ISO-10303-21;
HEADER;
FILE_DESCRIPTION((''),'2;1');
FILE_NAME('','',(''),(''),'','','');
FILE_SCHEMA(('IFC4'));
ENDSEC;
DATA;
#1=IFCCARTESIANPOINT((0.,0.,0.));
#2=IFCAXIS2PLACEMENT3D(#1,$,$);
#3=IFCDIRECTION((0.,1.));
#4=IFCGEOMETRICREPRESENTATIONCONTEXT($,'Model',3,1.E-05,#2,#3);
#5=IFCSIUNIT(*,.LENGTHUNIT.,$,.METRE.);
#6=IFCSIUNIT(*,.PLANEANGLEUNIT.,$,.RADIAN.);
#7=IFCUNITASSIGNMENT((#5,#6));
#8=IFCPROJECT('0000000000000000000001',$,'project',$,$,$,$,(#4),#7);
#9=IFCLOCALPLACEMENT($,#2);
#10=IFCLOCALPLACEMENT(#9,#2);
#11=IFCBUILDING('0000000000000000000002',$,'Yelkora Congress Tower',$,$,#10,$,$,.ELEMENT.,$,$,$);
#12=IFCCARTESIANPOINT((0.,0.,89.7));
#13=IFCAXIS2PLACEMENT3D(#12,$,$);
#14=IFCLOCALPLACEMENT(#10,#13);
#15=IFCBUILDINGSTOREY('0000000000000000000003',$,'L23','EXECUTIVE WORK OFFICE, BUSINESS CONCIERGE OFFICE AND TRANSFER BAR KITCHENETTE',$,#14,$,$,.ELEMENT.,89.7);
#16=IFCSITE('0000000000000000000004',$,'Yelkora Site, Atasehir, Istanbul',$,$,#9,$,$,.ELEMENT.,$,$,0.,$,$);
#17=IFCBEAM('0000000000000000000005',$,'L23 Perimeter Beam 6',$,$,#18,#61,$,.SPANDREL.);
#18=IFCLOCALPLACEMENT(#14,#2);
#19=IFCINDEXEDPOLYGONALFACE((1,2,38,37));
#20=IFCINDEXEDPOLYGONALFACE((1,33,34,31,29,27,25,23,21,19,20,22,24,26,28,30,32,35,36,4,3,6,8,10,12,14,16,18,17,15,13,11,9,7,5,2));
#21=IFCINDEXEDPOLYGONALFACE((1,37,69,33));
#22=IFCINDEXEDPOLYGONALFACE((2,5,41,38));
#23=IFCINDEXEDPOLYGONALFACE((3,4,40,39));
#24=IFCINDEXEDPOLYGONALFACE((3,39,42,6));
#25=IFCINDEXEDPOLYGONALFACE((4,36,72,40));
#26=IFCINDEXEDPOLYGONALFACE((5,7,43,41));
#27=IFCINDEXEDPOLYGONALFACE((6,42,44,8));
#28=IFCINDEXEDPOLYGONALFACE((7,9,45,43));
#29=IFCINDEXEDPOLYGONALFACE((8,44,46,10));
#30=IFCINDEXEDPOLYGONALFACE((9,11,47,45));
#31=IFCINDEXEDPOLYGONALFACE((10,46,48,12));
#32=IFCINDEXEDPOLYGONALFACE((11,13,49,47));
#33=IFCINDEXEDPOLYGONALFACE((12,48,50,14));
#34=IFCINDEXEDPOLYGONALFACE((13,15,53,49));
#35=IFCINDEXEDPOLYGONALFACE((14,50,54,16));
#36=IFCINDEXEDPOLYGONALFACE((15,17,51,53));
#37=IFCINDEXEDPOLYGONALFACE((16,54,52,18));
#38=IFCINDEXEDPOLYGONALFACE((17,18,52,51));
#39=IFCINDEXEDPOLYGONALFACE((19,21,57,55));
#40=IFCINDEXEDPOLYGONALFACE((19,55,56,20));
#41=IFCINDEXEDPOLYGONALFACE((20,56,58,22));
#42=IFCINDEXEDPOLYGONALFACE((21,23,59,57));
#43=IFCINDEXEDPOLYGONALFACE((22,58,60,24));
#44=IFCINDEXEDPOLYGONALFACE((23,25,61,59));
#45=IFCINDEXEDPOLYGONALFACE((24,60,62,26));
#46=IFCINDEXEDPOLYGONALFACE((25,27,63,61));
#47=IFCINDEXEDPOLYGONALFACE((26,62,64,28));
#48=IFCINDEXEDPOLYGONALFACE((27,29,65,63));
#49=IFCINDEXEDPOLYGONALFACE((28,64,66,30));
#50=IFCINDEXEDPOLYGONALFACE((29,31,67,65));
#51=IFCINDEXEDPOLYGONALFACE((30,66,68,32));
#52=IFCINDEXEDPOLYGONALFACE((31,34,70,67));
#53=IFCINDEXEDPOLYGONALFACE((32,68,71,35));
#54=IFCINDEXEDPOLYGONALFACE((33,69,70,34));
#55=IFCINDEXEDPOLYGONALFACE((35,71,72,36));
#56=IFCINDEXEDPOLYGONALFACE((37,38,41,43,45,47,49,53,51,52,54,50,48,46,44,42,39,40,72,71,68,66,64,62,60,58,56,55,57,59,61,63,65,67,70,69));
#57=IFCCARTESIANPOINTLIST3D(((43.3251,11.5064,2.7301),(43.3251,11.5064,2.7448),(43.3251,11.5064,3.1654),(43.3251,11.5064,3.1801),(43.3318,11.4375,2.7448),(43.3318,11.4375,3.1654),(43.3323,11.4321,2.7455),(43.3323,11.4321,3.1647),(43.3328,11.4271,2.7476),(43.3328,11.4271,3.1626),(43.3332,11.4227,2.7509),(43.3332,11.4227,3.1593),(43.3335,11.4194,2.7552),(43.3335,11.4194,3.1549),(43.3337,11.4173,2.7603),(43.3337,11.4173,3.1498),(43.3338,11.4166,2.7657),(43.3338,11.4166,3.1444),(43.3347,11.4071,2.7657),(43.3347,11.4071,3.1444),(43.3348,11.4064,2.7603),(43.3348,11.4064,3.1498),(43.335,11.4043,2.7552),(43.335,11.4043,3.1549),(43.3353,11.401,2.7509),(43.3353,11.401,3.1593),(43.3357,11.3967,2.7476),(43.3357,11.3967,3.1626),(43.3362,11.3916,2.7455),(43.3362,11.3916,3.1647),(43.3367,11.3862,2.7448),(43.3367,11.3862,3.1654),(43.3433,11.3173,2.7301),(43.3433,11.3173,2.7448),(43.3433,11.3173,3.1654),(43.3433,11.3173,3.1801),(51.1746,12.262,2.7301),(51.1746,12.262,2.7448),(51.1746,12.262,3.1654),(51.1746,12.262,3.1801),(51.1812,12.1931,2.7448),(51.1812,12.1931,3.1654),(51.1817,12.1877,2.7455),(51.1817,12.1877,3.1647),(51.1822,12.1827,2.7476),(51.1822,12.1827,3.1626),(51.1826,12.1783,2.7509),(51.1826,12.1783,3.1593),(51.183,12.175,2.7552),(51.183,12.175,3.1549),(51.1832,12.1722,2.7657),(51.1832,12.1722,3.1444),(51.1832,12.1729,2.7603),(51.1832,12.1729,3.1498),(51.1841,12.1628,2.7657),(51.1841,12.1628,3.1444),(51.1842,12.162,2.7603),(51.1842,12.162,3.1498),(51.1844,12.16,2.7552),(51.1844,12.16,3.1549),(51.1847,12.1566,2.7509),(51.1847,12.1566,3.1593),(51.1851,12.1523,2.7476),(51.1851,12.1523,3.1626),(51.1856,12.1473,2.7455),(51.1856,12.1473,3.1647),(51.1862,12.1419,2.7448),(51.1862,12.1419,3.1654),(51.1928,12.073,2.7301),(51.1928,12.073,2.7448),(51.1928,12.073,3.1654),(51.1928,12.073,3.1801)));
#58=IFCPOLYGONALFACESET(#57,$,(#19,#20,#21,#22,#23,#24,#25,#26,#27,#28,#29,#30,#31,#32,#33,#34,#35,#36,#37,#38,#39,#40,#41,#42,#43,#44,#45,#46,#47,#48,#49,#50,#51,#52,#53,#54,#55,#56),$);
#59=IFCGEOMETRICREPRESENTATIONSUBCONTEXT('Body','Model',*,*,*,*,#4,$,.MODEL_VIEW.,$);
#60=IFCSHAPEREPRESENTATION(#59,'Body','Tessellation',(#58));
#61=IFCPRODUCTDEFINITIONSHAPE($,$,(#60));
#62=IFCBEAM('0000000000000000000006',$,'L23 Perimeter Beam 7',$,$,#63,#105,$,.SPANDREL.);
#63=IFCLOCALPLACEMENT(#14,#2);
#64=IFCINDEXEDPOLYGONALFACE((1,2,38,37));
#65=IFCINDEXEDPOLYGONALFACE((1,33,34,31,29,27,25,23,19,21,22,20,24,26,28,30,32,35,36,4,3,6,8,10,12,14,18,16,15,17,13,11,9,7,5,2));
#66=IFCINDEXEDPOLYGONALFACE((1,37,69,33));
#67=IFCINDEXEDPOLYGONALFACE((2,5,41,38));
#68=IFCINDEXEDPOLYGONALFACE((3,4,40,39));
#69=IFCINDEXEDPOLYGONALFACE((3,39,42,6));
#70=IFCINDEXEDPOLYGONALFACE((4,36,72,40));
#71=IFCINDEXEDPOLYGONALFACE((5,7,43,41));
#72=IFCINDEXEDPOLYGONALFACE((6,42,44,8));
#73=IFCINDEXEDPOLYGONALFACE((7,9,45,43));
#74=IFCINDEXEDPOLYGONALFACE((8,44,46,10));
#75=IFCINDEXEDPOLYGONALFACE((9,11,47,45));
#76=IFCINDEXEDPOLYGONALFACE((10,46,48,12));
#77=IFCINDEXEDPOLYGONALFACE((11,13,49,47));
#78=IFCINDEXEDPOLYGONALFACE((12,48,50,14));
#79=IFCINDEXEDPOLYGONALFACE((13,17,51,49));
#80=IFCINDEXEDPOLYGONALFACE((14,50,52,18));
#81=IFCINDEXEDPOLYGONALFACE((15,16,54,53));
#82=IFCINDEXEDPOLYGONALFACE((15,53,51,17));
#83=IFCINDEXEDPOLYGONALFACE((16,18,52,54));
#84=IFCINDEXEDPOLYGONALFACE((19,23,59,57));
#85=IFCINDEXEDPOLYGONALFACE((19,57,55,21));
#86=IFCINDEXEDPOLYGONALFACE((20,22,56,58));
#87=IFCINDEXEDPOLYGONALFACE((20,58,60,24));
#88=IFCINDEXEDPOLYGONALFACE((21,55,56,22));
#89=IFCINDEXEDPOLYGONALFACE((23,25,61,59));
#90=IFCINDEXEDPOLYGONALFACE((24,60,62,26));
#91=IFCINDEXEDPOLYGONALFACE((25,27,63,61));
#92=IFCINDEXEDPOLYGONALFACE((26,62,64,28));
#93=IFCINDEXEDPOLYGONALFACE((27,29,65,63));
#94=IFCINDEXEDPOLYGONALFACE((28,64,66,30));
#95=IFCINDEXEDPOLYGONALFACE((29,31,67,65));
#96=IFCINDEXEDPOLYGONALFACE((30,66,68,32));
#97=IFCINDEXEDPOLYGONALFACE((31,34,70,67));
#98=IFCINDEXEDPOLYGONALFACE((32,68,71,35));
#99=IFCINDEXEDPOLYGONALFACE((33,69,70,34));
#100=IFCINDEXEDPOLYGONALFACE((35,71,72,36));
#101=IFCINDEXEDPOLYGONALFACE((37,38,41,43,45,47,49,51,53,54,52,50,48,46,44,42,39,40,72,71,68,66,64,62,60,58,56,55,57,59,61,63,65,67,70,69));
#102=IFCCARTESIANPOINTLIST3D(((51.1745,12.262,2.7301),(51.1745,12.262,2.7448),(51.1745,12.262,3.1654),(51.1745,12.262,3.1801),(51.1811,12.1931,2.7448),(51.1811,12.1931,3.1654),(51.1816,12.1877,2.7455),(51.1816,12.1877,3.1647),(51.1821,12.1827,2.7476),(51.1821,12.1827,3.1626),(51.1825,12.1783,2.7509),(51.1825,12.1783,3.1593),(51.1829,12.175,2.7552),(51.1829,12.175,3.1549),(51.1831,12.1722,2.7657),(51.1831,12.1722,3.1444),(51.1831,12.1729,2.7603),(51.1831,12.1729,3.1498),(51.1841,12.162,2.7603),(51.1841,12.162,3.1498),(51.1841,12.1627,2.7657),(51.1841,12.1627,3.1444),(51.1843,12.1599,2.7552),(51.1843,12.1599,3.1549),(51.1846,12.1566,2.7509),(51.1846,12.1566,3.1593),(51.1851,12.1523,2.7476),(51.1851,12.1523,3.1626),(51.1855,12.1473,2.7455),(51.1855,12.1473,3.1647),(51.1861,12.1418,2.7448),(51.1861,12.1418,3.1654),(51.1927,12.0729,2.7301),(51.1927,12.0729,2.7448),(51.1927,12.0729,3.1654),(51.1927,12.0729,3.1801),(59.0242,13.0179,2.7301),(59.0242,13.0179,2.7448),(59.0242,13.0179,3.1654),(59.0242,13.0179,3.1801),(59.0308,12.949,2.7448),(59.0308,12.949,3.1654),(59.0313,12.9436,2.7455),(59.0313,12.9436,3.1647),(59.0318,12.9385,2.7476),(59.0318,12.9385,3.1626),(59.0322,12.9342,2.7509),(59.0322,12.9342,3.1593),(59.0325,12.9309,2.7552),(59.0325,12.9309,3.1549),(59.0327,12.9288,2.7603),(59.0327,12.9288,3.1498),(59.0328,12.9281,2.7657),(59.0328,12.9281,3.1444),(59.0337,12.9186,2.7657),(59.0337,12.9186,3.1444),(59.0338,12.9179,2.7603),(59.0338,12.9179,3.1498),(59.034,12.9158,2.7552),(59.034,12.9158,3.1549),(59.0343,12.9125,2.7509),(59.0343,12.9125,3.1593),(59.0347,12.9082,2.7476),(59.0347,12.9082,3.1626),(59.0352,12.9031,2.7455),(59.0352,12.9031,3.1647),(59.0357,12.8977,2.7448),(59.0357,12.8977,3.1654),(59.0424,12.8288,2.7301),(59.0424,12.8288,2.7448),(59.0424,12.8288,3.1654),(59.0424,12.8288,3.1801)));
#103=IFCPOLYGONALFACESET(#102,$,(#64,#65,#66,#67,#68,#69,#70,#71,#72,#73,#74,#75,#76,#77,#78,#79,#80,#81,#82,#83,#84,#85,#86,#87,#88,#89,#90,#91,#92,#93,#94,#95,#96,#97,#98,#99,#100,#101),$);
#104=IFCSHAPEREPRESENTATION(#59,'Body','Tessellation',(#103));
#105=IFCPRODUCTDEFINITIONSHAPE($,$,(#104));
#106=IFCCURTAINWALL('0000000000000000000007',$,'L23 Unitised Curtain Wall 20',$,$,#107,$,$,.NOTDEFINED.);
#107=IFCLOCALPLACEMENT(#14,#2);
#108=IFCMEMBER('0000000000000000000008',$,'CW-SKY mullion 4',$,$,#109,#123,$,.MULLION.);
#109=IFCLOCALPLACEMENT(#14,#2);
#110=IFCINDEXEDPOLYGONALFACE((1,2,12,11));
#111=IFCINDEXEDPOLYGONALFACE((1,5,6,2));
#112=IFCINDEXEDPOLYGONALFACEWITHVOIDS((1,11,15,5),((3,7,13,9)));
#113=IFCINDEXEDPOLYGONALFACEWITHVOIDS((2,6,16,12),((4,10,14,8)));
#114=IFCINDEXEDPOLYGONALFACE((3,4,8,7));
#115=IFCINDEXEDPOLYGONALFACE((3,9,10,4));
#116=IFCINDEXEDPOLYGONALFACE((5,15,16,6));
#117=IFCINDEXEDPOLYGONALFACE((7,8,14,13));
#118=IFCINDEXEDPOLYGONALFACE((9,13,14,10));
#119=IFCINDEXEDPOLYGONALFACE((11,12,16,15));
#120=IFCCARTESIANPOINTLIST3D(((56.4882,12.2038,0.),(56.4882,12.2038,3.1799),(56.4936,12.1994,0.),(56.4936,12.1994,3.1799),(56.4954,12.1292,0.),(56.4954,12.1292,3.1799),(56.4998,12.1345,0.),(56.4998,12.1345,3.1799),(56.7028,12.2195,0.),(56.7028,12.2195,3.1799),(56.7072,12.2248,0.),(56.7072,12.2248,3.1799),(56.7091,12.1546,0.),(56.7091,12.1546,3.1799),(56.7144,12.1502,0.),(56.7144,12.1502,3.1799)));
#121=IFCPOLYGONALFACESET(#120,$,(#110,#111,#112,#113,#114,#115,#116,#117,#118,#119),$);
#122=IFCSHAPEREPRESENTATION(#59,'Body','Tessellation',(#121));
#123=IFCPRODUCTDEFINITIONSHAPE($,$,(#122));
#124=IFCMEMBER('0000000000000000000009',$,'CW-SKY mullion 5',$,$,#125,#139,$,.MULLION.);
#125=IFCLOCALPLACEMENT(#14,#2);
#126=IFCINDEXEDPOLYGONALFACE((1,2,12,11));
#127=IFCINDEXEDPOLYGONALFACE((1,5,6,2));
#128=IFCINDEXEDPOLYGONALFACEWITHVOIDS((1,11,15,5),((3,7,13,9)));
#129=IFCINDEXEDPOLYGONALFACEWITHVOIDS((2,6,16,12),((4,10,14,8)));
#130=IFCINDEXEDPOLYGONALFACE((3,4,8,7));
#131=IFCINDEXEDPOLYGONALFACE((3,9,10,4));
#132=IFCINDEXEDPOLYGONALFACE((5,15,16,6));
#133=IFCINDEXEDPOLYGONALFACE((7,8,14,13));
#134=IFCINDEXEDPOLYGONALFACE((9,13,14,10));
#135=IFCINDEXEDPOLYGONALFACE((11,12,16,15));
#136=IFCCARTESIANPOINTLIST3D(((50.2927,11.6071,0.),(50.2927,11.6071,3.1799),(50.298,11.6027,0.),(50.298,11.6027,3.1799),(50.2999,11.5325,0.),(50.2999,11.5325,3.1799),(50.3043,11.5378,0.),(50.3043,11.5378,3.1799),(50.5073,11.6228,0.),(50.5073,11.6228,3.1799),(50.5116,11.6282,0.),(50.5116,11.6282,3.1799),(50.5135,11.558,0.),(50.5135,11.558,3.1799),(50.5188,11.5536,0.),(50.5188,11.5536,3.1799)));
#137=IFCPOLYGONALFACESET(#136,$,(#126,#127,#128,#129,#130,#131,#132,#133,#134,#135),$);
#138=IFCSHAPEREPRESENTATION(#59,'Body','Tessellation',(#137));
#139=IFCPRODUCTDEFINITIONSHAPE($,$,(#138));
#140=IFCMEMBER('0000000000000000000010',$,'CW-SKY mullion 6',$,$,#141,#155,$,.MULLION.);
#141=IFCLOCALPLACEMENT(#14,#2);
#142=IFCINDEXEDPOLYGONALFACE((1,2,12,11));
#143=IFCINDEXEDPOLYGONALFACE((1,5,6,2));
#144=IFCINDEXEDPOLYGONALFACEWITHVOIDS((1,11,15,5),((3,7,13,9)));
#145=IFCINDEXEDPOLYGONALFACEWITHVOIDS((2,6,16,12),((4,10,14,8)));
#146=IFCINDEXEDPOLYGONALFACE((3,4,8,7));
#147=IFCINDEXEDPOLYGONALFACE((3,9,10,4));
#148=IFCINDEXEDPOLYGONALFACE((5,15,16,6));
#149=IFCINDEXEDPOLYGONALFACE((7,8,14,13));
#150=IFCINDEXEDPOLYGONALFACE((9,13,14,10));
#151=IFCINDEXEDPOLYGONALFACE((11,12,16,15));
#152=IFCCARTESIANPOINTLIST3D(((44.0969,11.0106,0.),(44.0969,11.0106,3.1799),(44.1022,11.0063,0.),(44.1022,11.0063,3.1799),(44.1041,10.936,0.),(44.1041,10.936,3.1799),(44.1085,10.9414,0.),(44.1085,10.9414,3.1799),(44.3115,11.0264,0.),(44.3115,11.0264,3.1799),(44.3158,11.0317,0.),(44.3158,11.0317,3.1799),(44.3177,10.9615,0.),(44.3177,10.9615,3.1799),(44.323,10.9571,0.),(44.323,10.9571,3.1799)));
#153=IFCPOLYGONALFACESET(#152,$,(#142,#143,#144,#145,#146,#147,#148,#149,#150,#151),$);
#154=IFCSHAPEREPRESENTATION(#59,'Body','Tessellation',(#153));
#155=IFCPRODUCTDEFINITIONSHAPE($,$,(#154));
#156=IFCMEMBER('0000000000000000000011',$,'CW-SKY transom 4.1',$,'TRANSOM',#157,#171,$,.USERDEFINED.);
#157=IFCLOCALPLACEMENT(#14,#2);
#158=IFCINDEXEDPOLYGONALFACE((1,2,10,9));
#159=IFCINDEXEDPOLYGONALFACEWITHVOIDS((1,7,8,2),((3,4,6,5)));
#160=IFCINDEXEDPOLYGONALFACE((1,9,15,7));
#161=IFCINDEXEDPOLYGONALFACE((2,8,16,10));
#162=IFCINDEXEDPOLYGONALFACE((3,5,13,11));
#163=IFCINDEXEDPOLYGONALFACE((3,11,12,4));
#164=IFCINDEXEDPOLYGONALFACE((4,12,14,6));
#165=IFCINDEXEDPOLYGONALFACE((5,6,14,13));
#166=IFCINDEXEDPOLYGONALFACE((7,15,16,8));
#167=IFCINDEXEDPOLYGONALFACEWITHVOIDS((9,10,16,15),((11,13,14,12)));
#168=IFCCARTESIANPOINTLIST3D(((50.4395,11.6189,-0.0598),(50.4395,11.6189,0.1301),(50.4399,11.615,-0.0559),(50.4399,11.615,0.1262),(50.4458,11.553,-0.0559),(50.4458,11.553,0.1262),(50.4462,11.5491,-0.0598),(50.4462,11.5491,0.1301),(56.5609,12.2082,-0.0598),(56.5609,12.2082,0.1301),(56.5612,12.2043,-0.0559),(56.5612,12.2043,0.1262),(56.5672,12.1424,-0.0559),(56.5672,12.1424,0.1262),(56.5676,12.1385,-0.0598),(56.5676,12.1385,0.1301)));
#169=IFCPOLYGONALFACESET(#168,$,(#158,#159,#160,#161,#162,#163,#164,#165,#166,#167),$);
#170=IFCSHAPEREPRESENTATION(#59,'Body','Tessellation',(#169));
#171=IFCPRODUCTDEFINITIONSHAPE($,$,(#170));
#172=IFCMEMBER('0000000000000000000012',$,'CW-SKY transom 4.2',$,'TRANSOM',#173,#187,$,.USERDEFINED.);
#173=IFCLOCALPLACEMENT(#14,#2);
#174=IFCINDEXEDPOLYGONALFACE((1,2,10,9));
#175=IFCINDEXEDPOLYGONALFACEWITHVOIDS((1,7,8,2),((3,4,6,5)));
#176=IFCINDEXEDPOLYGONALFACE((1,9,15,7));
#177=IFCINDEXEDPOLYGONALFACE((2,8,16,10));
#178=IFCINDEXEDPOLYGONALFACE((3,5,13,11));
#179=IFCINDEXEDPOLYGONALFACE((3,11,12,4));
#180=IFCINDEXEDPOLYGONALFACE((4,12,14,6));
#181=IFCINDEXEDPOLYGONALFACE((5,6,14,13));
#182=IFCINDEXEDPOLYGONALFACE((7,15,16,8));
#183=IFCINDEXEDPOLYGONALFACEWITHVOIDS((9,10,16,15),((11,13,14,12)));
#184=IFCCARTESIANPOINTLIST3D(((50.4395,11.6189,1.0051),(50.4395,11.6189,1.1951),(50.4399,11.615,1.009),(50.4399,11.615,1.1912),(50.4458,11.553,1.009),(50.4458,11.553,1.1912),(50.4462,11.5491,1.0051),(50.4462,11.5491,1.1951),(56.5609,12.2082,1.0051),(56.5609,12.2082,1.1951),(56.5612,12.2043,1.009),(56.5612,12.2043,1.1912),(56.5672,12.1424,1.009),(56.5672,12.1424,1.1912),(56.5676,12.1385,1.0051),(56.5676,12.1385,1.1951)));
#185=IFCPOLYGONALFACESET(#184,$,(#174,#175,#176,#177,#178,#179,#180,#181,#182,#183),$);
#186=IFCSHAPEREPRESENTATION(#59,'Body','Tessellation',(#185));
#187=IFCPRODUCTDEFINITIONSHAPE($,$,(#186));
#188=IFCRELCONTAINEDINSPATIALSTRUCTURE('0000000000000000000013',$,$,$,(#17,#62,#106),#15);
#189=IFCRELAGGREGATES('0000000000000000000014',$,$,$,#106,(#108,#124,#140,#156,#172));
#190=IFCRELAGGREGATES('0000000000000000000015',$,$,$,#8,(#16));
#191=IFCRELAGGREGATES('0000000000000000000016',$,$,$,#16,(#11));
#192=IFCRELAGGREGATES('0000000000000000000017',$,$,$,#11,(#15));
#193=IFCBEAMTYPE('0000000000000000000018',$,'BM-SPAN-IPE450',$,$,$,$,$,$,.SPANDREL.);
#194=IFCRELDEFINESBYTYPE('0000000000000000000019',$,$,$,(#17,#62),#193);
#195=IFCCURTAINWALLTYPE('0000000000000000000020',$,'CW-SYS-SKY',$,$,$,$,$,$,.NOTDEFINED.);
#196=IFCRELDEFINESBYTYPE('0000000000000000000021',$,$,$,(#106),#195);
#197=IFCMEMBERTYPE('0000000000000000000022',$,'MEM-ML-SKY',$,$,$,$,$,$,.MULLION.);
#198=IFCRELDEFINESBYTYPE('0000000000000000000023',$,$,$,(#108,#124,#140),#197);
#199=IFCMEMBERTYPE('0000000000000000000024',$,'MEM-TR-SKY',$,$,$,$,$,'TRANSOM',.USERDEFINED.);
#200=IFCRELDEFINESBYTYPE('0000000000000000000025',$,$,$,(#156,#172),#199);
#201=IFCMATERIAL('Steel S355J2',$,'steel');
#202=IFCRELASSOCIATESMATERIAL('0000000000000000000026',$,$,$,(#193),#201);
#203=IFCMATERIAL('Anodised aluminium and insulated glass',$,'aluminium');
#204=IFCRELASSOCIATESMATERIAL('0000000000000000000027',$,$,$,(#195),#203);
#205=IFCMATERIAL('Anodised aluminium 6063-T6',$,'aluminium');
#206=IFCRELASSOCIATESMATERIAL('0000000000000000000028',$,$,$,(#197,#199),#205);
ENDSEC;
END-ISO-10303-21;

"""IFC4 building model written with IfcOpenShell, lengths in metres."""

from ifc_helpers import new_model, si_unit, direction, frame, origin, origin_2d, place, context, subcontext, project, spatial, hollow_rectangle, i_section, extrude, material, material_profile, profile_set, type_object, element, aggregate, save


model = new_model("IFC4")

# Units and contexts
model_context = context("Model", 3, precision=1e-05, world=origin(), true_north=direction((0.0, 1.0)))
body_context = subcontext(model_context, "Body", "Model", "MODEL_VIEW")
ifc_project = project(units=[si_unit("LENGTHUNIT", "METRE"), si_unit("PLANEANGLEUNIT", "RADIAN")], contexts=[model_context])

# Site, building, storey
site_placement = place(None, origin())
site = spatial("IfcSite", under=ifc_project, at=site_placement, Name="Yelkora Site, Atasehir, Istanbul", CompositionType="ELEMENT", RefElevation=0.0)
building_placement = place(site_placement, origin())
building = spatial("IfcBuilding", under=site, at=building_placement, Name="Yelkora Congress Tower", CompositionType="ELEMENT")
storey_placement = place(building_placement, frame((0.0, 0.0, 89.7)))
storey = spatial("IfcBuildingStorey", under=building, at=storey_placement, Name="L23", Description="EXECUTIVE WORK OFFICE, BUSINESS CONCIERGE OFFICE AND TRANSFER BAR KITCHENETTE", CompositionType="ELEMENT", Elevation=89.7)

# Beams
ifc_material_1 = material(Name="Steel S355J2", Category="steel")
ifc_material_profile_1 = material_profile(ifc_material_1, i_section(OverallWidth=0.1899, OverallDepth=0.45, WebThickness=0.0095, FlangeThickness=0.0146, FilletRadius=0.021, at=origin_2d()), Name="IPE 450")
ifc_profile_set_1 = profile_set([ifc_material_profile_1], Name="Steel S355J2")
beam_type_1 = type_object("IfcBeamType", Name="BM-SPAN-IPE450", PredefinedType="SPANDREL", material=ifc_profile_set_1)
beam_1_placement = place(storey_placement, frame((43.3342, 11.4119, 2.9551), z_axis=(0.995399, 0.095822, 0.0), x_axis=(-0.095822, 0.995399, 0.0)))
element("IfcBeam", 1, at=beam_1_placement, inside=storey, type_object=beam_type_1, Name="L23 Perimeter Beam 6", PredefinedType="SPANDREL", context=body_context, shape_type="SweptSolid", body=[
    extrude(i_section(OverallWidth=0.1899, OverallDepth=0.45, WebThickness=0.0095, FlangeThickness=0.0146, FilletRadius=0.021, at=origin_2d()), origin(), (0.0, 0.0, 1.0), 7.8857),
])
beam_2_placement = place(storey_placement, frame((51.1836, 12.1675, 2.9551), z_axis=(0.995396, 0.095849, 0.0), x_axis=(-0.095849, 0.995396, 0.0)))
element("IfcBeam", 2, at=beam_2_placement, inside=storey, type_object=beam_type_1, Name="L23 Perimeter Beam 7", PredefinedType="SPANDREL", context=body_context, shape_type="SweptSolid", body=[
    extrude(i_section(OverallWidth=0.1899, OverallDepth=0.45, WebThickness=0.0095, FlangeThickness=0.0146, FilletRadius=0.021, at=origin_2d()), origin(), (0.0, 0.0, 1.0), 7.886),
])

# Curtain wall, members
ifc_material_2 = material(Name="Anodised aluminium and insulated glass", Category="aluminium")
curtain_wall_type = type_object("IfcCurtainWallType", Name="CW-SYS-SKY", PredefinedType="NOTDEFINED", material=ifc_material_2)
curtain_wall_placement = place(storey_placement, origin())
curtain_wall = element("IfcCurtainWall", 3, at=curtain_wall_placement, inside=storey, type_object=curtain_wall_type, Name="L23 Unitised Curtain Wall 20", PredefinedType="NOTDEFINED")
ifc_material_3 = material(Name="Anodised aluminium 6063-T6", Category="aluminium")
ifc_material_profile_2 = material_profile(ifc_material_3, hollow_rectangle(XDim=0.075, YDim=0.22, WallThickness=0.0049, at=origin_2d()), Name="ALU 75x220x5")
ifc_profile_set_2 = profile_set([ifc_material_profile_2], Name="Anodised aluminium 6063-T6")
member_type_1 = type_object("IfcMemberType", Name="MEM-ML-SKY", PredefinedType="MULLION", material=ifc_profile_set_2)
member_1_placement = place(storey_placement, frame((56.6013, 12.177, 0.0), z_axis=(0.0, 0.0, 1.0), x_axis=(0.095844, -0.995396, 0.0)))
member_1 = element("IfcMember", 4, at=member_1_placement, type_object=member_type_1, Name="CW-SKY mullion 4", PredefinedType="MULLION", context=body_context, shape_type="SweptSolid", body=[
    extrude(hollow_rectangle(XDim=0.075, YDim=0.22, WallThickness=0.0049, at=origin_2d()), origin(), (0.0, 0.0, 1.0), 3.1799),
])
member_2_placement = place(storey_placement, frame((50.4058, 11.5803, 0.0), z_axis=(0.0, 0.0, 1.0), x_axis=(0.095844, -0.995396, 0.0)))
member_2 = element("IfcMember", 5, at=member_2_placement, type_object=member_type_1, Name="CW-SKY mullion 5", PredefinedType="MULLION", context=body_context, shape_type="SweptSolid", body=[
    extrude(hollow_rectangle(XDim=0.075, YDim=0.22, WallThickness=0.0049, at=origin_2d()), origin(), (0.0, 0.0, 1.0), 3.1799),
])
member_3_placement = place(storey_placement, frame((44.21, 10.9839, 0.0), z_axis=(0.0, 0.0, 1.0), x_axis=(0.095844, -0.995396, 0.0)))
member_3 = element("IfcMember", 6, at=member_3_placement, type_object=member_type_1, Name="CW-SKY mullion 6", PredefinedType="MULLION", context=body_context, shape_type="SweptSolid", body=[
    extrude(hollow_rectangle(XDim=0.075, YDim=0.22, WallThickness=0.0049, at=origin_2d()), origin(), (0.0, 0.0, 1.0), 3.1799),
])
ifc_material_profile_3 = material_profile(ifc_material_3, hollow_rectangle(XDim=0.0701, YDim=0.1899, WallThickness=0.0039, at=origin_2d()), Name="ALU 70x190x4")
ifc_profile_set_3 = profile_set([ifc_material_profile_3], Name="Anodised aluminium 6063-T6")
member_type_2 = type_object("IfcMemberType", Name="MEM-TR-SKY", ElementType="TRANSOM", PredefinedType="USERDEFINED", material=ifc_profile_set_3)
member_4_placement = place(storey_placement, frame((56.5642, 12.1733, 0.0352), z_axis=(-0.995397, -0.095836, 0.0), x_axis=(0.095836, -0.995397, 0.0)))
member_4 = element("IfcMember", 7, at=member_4_placement, type_object=member_type_2, Name="CW-SKY transom 4.1", ObjectType="TRANSOM", PredefinedType="USERDEFINED", context=body_context, shape_type="SweptSolid", body=[
    extrude(hollow_rectangle(XDim=0.0701, YDim=0.1899, WallThickness=0.0039, at=origin_2d()), origin(), (0.0, 0.0, 1.0), 6.1497),
])
member_5_placement = place(storey_placement, frame((56.5642, 12.1733, 1.1001), z_axis=(-0.995397, -0.095836, 0.0), x_axis=(0.095836, -0.995397, 0.0)))
member_5 = element("IfcMember", 8, at=member_5_placement, type_object=member_type_2, Name="CW-SKY transom 4.2", ObjectType="TRANSOM", PredefinedType="USERDEFINED", context=body_context, shape_type="SweptSolid", body=[
    extrude(hollow_rectangle(XDim=0.0701, YDim=0.1899, WallThickness=0.0039, at=origin_2d()), origin(), (0.0, 0.0, 1.0), 6.1497),
])
aggregate(curtain_wall, [member_1, member_2, member_3, member_4, member_5])

save(model, "model.ifc")
